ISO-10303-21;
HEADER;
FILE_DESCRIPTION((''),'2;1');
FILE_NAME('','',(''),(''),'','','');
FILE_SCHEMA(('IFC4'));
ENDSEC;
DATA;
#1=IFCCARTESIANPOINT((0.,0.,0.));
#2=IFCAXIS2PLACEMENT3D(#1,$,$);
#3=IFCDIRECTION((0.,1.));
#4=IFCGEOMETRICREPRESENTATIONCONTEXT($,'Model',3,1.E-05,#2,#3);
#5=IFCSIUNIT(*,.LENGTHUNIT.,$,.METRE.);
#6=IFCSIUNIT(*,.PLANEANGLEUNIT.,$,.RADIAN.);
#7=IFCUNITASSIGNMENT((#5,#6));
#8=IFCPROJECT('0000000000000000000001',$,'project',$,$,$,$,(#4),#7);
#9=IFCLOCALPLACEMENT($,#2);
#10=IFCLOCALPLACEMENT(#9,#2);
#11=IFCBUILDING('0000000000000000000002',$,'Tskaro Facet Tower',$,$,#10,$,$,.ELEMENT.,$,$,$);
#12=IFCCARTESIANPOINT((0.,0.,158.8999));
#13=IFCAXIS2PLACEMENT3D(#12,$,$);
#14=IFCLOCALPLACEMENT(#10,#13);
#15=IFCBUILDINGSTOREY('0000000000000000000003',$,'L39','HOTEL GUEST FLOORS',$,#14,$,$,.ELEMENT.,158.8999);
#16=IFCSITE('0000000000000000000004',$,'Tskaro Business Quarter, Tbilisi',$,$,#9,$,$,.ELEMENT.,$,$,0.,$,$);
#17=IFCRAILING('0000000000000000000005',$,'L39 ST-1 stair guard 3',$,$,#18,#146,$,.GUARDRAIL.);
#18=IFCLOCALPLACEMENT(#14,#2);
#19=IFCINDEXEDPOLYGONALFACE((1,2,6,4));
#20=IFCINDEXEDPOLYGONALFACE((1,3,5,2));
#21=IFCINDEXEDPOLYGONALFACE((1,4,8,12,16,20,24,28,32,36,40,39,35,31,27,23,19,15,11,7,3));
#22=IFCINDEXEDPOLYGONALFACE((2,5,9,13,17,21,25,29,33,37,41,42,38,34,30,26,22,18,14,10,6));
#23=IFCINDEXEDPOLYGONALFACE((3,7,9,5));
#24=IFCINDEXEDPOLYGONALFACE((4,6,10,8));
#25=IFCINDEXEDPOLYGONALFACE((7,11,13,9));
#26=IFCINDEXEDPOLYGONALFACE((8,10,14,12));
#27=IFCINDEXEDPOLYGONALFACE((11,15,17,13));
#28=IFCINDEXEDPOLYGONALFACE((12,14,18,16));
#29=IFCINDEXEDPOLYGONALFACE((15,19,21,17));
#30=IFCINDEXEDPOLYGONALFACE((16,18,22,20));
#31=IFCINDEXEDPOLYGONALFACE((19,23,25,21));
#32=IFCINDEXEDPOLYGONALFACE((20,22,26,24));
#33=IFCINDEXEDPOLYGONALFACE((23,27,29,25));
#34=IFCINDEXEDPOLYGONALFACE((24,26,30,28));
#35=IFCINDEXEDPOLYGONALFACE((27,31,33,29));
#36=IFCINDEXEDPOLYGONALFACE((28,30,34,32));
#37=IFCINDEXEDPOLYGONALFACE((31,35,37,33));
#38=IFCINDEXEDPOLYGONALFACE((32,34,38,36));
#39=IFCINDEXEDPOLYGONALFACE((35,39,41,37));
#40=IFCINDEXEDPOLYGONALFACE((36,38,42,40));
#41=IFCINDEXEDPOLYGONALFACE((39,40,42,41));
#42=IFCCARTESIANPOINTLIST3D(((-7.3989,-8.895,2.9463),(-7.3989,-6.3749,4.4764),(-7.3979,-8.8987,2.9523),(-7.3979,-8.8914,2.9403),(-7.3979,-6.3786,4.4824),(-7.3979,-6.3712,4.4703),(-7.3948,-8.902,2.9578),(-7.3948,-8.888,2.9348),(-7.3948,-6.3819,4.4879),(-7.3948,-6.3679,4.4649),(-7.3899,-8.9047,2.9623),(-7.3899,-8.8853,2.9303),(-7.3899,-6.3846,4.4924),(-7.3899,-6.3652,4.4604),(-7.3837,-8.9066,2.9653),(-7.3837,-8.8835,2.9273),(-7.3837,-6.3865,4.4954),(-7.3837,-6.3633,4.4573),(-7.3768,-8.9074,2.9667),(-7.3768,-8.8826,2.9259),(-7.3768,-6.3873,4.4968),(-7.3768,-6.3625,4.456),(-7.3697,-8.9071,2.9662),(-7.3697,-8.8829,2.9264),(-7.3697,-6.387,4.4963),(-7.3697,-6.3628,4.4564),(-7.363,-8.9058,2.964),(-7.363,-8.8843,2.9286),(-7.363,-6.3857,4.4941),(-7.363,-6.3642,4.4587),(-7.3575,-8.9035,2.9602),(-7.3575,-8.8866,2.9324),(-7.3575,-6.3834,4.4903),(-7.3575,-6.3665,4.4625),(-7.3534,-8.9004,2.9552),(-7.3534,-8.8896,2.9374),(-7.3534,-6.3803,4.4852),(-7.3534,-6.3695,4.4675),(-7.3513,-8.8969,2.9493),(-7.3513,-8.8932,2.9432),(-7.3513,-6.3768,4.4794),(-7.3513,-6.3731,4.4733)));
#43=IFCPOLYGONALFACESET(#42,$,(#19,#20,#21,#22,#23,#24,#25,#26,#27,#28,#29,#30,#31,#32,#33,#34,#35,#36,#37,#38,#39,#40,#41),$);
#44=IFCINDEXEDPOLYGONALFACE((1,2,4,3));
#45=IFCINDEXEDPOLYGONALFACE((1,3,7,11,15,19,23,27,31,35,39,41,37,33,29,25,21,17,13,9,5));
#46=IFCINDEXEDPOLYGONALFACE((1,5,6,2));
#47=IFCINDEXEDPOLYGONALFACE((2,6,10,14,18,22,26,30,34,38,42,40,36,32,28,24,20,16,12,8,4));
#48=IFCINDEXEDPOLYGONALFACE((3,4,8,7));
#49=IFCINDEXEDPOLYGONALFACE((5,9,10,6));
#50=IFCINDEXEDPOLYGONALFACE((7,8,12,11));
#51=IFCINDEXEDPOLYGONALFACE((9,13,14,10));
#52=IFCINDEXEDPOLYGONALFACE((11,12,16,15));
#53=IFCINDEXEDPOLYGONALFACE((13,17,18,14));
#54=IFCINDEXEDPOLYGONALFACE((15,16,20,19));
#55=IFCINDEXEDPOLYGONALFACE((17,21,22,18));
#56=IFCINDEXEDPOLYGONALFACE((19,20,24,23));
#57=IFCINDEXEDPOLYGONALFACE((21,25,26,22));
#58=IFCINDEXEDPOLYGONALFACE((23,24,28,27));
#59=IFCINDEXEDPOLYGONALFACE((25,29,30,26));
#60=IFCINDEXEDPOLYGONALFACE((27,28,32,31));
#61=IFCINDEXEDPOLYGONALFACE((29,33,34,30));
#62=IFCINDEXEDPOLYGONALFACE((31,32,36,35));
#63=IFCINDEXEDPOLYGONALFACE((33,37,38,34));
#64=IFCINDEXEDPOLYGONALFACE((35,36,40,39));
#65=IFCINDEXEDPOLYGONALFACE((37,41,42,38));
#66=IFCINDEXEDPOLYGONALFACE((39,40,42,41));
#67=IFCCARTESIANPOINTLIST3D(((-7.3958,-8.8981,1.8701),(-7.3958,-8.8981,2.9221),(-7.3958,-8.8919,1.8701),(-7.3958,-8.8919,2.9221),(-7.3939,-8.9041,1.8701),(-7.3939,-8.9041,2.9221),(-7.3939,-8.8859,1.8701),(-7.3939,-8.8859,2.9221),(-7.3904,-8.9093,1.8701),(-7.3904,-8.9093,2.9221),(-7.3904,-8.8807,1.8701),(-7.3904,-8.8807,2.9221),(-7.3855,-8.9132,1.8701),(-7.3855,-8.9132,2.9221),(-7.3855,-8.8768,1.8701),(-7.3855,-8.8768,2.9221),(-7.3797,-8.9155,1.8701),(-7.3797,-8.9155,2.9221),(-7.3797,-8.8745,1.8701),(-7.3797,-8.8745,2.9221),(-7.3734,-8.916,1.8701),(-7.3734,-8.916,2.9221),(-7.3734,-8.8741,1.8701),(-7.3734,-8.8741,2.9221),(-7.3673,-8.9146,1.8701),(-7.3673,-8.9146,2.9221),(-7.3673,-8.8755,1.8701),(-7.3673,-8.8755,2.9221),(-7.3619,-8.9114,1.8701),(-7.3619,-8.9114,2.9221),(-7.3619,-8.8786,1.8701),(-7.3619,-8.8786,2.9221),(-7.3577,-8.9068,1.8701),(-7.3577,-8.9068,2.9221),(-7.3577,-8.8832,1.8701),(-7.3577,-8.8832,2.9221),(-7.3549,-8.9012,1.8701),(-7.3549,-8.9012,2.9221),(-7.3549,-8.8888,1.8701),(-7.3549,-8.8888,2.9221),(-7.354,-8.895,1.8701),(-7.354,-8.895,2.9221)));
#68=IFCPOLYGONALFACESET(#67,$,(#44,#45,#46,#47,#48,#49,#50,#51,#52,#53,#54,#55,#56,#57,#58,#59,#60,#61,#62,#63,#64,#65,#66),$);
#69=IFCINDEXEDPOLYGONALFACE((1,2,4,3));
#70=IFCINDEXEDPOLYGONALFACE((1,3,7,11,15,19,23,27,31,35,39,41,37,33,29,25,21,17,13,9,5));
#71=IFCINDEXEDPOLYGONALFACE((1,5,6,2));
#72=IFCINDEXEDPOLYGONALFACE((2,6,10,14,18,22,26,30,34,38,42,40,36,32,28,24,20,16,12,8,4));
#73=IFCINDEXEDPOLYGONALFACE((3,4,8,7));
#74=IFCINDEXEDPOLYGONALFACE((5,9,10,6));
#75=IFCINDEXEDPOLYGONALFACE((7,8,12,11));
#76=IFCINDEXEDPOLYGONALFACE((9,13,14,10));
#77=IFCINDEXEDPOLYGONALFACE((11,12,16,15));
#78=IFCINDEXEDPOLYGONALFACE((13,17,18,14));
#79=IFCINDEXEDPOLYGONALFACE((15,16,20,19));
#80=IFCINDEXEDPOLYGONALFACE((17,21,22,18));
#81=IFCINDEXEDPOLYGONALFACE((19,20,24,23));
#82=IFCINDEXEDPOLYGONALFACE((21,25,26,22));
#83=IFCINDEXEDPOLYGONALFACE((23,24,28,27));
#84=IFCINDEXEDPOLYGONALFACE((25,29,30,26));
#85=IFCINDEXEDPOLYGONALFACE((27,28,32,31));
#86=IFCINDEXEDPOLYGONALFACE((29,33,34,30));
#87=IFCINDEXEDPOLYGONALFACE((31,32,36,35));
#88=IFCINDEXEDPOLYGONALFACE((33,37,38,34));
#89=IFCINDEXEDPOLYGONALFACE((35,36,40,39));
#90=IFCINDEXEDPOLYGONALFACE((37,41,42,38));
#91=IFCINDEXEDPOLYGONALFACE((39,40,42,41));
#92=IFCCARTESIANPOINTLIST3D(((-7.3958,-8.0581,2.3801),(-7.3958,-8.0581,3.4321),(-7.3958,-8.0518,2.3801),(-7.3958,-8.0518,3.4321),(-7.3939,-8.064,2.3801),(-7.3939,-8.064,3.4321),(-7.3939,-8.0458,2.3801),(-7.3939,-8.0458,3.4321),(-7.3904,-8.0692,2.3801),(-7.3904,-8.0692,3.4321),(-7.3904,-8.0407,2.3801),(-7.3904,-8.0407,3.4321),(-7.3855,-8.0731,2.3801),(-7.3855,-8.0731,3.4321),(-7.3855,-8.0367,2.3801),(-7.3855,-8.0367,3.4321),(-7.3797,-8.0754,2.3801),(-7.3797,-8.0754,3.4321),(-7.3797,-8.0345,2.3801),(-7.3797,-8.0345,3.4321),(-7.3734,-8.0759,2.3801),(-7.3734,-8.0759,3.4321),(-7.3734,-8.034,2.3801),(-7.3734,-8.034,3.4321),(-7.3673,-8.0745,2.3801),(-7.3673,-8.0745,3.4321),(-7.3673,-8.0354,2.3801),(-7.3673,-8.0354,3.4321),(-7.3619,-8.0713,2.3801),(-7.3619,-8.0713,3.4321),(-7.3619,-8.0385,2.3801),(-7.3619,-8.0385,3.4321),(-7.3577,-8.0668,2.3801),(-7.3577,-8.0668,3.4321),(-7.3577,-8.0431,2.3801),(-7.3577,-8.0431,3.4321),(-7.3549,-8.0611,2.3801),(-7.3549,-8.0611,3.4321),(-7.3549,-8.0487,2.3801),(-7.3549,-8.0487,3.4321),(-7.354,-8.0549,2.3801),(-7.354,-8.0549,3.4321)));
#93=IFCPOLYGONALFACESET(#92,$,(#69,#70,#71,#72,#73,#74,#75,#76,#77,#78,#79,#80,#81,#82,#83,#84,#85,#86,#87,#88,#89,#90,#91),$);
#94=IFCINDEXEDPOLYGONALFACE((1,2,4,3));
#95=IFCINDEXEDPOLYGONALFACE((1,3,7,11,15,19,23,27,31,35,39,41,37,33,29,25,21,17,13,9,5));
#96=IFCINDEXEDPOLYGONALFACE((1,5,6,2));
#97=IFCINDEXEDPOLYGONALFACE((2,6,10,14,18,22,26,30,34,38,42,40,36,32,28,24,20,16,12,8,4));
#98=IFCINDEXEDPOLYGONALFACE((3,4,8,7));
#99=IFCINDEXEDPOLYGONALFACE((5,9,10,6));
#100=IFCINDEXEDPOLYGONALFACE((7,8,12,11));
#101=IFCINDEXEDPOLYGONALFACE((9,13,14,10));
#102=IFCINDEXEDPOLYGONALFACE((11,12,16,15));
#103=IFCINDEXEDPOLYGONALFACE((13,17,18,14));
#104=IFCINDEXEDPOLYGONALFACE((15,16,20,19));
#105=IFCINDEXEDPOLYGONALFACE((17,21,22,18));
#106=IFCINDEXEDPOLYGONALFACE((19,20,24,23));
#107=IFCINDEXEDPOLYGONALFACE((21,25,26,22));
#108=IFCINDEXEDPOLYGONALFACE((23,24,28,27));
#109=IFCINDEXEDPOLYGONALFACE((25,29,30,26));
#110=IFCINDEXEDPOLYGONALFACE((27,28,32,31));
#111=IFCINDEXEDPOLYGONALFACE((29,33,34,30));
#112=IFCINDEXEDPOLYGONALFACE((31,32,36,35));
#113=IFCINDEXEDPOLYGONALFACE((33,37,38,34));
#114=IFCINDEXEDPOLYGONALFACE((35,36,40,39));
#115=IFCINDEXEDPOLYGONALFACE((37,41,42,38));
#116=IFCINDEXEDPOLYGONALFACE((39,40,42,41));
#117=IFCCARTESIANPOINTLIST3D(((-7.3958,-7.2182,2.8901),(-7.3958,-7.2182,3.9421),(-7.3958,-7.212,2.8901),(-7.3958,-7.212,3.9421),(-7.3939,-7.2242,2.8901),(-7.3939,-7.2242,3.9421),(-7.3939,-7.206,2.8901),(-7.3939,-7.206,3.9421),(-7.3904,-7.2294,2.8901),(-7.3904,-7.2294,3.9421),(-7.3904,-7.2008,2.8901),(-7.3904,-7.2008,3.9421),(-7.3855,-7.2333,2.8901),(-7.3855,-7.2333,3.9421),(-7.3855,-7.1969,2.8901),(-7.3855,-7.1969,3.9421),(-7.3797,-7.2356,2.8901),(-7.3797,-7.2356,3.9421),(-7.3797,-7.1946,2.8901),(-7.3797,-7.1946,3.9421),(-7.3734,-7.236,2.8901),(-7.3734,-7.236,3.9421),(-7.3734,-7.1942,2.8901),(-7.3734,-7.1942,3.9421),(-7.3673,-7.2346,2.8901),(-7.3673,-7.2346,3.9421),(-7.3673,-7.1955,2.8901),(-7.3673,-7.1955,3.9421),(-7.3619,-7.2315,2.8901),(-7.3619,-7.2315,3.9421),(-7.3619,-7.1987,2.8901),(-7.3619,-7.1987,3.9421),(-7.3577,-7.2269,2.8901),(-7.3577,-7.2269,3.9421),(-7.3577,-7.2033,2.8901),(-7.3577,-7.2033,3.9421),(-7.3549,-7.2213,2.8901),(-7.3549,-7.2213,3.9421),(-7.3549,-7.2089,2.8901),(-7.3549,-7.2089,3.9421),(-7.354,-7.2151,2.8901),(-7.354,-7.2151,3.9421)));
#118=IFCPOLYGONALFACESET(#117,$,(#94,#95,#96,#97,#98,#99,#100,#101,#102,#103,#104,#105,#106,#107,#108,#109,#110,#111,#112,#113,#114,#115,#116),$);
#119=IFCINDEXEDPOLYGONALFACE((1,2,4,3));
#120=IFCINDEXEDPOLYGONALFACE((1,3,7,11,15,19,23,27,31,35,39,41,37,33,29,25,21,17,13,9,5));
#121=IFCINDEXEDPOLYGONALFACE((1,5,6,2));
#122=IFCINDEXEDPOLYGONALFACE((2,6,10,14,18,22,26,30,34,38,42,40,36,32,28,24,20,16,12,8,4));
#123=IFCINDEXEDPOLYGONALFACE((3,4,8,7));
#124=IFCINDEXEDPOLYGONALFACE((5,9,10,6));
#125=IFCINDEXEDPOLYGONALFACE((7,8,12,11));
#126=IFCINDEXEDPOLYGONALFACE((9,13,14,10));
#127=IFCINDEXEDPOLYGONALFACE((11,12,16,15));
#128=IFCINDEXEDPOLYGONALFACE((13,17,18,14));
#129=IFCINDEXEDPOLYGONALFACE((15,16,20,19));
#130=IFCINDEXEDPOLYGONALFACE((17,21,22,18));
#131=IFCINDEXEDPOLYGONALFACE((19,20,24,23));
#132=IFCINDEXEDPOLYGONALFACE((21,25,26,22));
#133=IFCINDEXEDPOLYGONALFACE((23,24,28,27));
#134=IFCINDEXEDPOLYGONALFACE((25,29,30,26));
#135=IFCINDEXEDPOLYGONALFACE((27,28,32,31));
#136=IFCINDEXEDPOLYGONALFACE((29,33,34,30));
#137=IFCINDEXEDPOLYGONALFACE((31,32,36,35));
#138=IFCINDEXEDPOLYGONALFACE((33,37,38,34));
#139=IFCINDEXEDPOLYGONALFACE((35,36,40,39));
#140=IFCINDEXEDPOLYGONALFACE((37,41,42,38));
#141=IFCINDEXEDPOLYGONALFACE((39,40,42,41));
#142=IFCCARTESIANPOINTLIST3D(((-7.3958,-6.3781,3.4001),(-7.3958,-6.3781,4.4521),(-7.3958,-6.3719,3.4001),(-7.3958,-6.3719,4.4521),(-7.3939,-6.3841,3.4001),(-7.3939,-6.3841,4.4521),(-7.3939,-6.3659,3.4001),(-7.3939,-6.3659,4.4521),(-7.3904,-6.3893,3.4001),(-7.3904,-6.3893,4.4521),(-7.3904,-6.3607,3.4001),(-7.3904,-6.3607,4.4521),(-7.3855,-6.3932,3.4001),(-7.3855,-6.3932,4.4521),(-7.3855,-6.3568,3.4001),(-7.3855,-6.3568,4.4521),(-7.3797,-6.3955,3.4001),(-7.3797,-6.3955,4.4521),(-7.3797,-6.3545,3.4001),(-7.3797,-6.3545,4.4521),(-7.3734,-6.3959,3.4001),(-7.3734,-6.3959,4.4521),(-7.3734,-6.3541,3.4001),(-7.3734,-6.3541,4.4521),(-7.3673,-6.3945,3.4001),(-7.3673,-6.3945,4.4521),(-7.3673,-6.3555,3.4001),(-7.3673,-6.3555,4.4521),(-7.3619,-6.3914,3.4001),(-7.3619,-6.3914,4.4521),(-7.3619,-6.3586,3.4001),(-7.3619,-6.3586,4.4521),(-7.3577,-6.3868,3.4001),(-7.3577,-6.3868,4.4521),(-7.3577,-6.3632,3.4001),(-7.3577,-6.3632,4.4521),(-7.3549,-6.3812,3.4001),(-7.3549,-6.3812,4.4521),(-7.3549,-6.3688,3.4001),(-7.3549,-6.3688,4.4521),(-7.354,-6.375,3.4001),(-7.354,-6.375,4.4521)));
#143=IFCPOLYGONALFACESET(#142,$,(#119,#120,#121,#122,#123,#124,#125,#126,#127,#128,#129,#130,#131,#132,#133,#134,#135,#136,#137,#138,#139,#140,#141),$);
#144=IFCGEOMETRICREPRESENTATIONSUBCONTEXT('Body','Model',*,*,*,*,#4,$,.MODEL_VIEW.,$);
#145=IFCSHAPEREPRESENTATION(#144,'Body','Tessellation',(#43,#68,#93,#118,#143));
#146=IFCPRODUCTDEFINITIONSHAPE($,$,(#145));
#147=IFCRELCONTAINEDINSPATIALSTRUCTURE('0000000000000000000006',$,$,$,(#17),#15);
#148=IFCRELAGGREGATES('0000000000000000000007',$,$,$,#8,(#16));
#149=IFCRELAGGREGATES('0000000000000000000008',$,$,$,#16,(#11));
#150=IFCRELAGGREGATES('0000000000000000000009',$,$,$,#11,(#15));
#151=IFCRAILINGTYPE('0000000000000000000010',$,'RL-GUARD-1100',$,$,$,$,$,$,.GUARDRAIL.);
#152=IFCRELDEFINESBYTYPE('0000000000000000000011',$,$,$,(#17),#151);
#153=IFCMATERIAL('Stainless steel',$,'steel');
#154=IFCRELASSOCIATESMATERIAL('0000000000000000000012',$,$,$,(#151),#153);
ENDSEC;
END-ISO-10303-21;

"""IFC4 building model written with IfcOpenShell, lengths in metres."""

from ifc_helpers import new_model, si_unit, direction, frame, origin, origin_2d, place, context, subcontext, project, spatial, circle, extrude, material, type_object, element, save


model = new_model("IFC4")

# Units and contexts
model_context = context("Model", 3, precision=1e-05, world=origin(), true_north=direction((0.0, 1.0)))
body_context = subcontext(model_context, "Body", "Model", "MODEL_VIEW")
ifc_project = project(units=[si_unit("LENGTHUNIT", "METRE"), si_unit("PLANEANGLEUNIT", "RADIAN")], contexts=[model_context])

# Site, building, storey
site_placement = place(None, origin())
site = spatial("IfcSite", under=ifc_project, at=site_placement, Name="Tskaro Business Quarter, Tbilisi", CompositionType="ELEMENT", RefElevation=0.0)
building_placement = place(site_placement, origin())
building = spatial("IfcBuilding", under=site, at=building_placement, Name="Tskaro Facet Tower", CompositionType="ELEMENT")
storey_placement = place(building_placement, frame((0.0, 0.0, 158.8999)))
storey = spatial("IfcBuildingStorey", under=building, at=storey_placement, Name="L39", Description="HOTEL GUEST FLOORS", CompositionType="ELEMENT", Elevation=158.8999)

# Shared definitions
ifc_material_1 = material(Name="Stainless steel", Category="steel")

# Railing
railing_type_1 = type_object("IfcRailingType", Name="RL-GUARD-1100", PredefinedType="GUARDRAIL", material=ifc_material_1)
railing_1_placement = place(storey_placement, frame((-7.375, -8.895, 1.8701)))
element("IfcRailing", 1, at=railing_1_placement, inside=storey, type_object=railing_type_1, Name="L39 ST-1 stair guard 3", PredefinedType="GUARDRAIL", context=body_context, shape_type="SweptSolid", body=[
    extrude(circle(Radius=0.0239, at=origin_2d()), frame((0.0, 0.0, 1.0762), z_axis=(0.0, 0.854785, 0.518982), x_axis=(-1.0, 0.0, 0.0)), (0.0, 0.0, 1.0), 2.9482),
    extrude(circle(Radius=0.021, at=origin_2d()), origin(), (0.0, 0.0, 1.0), 1.052),
    extrude(circle(Radius=0.021, at=origin_2d()), frame((0.0, 0.8401, 0.51)), (0.0, 0.0, 1.0), 1.052),
    extrude(circle(Radius=0.021, at=origin_2d()), frame((0.0, 1.6799, 1.02)), (0.0, 0.0, 1.0), 1.052),
    extrude(circle(Radius=0.021, at=origin_2d()), frame((0.0, 2.52, 1.53)), (0.0, 0.0, 1.0), 1.052),
])

save(model, "model.ifc")
